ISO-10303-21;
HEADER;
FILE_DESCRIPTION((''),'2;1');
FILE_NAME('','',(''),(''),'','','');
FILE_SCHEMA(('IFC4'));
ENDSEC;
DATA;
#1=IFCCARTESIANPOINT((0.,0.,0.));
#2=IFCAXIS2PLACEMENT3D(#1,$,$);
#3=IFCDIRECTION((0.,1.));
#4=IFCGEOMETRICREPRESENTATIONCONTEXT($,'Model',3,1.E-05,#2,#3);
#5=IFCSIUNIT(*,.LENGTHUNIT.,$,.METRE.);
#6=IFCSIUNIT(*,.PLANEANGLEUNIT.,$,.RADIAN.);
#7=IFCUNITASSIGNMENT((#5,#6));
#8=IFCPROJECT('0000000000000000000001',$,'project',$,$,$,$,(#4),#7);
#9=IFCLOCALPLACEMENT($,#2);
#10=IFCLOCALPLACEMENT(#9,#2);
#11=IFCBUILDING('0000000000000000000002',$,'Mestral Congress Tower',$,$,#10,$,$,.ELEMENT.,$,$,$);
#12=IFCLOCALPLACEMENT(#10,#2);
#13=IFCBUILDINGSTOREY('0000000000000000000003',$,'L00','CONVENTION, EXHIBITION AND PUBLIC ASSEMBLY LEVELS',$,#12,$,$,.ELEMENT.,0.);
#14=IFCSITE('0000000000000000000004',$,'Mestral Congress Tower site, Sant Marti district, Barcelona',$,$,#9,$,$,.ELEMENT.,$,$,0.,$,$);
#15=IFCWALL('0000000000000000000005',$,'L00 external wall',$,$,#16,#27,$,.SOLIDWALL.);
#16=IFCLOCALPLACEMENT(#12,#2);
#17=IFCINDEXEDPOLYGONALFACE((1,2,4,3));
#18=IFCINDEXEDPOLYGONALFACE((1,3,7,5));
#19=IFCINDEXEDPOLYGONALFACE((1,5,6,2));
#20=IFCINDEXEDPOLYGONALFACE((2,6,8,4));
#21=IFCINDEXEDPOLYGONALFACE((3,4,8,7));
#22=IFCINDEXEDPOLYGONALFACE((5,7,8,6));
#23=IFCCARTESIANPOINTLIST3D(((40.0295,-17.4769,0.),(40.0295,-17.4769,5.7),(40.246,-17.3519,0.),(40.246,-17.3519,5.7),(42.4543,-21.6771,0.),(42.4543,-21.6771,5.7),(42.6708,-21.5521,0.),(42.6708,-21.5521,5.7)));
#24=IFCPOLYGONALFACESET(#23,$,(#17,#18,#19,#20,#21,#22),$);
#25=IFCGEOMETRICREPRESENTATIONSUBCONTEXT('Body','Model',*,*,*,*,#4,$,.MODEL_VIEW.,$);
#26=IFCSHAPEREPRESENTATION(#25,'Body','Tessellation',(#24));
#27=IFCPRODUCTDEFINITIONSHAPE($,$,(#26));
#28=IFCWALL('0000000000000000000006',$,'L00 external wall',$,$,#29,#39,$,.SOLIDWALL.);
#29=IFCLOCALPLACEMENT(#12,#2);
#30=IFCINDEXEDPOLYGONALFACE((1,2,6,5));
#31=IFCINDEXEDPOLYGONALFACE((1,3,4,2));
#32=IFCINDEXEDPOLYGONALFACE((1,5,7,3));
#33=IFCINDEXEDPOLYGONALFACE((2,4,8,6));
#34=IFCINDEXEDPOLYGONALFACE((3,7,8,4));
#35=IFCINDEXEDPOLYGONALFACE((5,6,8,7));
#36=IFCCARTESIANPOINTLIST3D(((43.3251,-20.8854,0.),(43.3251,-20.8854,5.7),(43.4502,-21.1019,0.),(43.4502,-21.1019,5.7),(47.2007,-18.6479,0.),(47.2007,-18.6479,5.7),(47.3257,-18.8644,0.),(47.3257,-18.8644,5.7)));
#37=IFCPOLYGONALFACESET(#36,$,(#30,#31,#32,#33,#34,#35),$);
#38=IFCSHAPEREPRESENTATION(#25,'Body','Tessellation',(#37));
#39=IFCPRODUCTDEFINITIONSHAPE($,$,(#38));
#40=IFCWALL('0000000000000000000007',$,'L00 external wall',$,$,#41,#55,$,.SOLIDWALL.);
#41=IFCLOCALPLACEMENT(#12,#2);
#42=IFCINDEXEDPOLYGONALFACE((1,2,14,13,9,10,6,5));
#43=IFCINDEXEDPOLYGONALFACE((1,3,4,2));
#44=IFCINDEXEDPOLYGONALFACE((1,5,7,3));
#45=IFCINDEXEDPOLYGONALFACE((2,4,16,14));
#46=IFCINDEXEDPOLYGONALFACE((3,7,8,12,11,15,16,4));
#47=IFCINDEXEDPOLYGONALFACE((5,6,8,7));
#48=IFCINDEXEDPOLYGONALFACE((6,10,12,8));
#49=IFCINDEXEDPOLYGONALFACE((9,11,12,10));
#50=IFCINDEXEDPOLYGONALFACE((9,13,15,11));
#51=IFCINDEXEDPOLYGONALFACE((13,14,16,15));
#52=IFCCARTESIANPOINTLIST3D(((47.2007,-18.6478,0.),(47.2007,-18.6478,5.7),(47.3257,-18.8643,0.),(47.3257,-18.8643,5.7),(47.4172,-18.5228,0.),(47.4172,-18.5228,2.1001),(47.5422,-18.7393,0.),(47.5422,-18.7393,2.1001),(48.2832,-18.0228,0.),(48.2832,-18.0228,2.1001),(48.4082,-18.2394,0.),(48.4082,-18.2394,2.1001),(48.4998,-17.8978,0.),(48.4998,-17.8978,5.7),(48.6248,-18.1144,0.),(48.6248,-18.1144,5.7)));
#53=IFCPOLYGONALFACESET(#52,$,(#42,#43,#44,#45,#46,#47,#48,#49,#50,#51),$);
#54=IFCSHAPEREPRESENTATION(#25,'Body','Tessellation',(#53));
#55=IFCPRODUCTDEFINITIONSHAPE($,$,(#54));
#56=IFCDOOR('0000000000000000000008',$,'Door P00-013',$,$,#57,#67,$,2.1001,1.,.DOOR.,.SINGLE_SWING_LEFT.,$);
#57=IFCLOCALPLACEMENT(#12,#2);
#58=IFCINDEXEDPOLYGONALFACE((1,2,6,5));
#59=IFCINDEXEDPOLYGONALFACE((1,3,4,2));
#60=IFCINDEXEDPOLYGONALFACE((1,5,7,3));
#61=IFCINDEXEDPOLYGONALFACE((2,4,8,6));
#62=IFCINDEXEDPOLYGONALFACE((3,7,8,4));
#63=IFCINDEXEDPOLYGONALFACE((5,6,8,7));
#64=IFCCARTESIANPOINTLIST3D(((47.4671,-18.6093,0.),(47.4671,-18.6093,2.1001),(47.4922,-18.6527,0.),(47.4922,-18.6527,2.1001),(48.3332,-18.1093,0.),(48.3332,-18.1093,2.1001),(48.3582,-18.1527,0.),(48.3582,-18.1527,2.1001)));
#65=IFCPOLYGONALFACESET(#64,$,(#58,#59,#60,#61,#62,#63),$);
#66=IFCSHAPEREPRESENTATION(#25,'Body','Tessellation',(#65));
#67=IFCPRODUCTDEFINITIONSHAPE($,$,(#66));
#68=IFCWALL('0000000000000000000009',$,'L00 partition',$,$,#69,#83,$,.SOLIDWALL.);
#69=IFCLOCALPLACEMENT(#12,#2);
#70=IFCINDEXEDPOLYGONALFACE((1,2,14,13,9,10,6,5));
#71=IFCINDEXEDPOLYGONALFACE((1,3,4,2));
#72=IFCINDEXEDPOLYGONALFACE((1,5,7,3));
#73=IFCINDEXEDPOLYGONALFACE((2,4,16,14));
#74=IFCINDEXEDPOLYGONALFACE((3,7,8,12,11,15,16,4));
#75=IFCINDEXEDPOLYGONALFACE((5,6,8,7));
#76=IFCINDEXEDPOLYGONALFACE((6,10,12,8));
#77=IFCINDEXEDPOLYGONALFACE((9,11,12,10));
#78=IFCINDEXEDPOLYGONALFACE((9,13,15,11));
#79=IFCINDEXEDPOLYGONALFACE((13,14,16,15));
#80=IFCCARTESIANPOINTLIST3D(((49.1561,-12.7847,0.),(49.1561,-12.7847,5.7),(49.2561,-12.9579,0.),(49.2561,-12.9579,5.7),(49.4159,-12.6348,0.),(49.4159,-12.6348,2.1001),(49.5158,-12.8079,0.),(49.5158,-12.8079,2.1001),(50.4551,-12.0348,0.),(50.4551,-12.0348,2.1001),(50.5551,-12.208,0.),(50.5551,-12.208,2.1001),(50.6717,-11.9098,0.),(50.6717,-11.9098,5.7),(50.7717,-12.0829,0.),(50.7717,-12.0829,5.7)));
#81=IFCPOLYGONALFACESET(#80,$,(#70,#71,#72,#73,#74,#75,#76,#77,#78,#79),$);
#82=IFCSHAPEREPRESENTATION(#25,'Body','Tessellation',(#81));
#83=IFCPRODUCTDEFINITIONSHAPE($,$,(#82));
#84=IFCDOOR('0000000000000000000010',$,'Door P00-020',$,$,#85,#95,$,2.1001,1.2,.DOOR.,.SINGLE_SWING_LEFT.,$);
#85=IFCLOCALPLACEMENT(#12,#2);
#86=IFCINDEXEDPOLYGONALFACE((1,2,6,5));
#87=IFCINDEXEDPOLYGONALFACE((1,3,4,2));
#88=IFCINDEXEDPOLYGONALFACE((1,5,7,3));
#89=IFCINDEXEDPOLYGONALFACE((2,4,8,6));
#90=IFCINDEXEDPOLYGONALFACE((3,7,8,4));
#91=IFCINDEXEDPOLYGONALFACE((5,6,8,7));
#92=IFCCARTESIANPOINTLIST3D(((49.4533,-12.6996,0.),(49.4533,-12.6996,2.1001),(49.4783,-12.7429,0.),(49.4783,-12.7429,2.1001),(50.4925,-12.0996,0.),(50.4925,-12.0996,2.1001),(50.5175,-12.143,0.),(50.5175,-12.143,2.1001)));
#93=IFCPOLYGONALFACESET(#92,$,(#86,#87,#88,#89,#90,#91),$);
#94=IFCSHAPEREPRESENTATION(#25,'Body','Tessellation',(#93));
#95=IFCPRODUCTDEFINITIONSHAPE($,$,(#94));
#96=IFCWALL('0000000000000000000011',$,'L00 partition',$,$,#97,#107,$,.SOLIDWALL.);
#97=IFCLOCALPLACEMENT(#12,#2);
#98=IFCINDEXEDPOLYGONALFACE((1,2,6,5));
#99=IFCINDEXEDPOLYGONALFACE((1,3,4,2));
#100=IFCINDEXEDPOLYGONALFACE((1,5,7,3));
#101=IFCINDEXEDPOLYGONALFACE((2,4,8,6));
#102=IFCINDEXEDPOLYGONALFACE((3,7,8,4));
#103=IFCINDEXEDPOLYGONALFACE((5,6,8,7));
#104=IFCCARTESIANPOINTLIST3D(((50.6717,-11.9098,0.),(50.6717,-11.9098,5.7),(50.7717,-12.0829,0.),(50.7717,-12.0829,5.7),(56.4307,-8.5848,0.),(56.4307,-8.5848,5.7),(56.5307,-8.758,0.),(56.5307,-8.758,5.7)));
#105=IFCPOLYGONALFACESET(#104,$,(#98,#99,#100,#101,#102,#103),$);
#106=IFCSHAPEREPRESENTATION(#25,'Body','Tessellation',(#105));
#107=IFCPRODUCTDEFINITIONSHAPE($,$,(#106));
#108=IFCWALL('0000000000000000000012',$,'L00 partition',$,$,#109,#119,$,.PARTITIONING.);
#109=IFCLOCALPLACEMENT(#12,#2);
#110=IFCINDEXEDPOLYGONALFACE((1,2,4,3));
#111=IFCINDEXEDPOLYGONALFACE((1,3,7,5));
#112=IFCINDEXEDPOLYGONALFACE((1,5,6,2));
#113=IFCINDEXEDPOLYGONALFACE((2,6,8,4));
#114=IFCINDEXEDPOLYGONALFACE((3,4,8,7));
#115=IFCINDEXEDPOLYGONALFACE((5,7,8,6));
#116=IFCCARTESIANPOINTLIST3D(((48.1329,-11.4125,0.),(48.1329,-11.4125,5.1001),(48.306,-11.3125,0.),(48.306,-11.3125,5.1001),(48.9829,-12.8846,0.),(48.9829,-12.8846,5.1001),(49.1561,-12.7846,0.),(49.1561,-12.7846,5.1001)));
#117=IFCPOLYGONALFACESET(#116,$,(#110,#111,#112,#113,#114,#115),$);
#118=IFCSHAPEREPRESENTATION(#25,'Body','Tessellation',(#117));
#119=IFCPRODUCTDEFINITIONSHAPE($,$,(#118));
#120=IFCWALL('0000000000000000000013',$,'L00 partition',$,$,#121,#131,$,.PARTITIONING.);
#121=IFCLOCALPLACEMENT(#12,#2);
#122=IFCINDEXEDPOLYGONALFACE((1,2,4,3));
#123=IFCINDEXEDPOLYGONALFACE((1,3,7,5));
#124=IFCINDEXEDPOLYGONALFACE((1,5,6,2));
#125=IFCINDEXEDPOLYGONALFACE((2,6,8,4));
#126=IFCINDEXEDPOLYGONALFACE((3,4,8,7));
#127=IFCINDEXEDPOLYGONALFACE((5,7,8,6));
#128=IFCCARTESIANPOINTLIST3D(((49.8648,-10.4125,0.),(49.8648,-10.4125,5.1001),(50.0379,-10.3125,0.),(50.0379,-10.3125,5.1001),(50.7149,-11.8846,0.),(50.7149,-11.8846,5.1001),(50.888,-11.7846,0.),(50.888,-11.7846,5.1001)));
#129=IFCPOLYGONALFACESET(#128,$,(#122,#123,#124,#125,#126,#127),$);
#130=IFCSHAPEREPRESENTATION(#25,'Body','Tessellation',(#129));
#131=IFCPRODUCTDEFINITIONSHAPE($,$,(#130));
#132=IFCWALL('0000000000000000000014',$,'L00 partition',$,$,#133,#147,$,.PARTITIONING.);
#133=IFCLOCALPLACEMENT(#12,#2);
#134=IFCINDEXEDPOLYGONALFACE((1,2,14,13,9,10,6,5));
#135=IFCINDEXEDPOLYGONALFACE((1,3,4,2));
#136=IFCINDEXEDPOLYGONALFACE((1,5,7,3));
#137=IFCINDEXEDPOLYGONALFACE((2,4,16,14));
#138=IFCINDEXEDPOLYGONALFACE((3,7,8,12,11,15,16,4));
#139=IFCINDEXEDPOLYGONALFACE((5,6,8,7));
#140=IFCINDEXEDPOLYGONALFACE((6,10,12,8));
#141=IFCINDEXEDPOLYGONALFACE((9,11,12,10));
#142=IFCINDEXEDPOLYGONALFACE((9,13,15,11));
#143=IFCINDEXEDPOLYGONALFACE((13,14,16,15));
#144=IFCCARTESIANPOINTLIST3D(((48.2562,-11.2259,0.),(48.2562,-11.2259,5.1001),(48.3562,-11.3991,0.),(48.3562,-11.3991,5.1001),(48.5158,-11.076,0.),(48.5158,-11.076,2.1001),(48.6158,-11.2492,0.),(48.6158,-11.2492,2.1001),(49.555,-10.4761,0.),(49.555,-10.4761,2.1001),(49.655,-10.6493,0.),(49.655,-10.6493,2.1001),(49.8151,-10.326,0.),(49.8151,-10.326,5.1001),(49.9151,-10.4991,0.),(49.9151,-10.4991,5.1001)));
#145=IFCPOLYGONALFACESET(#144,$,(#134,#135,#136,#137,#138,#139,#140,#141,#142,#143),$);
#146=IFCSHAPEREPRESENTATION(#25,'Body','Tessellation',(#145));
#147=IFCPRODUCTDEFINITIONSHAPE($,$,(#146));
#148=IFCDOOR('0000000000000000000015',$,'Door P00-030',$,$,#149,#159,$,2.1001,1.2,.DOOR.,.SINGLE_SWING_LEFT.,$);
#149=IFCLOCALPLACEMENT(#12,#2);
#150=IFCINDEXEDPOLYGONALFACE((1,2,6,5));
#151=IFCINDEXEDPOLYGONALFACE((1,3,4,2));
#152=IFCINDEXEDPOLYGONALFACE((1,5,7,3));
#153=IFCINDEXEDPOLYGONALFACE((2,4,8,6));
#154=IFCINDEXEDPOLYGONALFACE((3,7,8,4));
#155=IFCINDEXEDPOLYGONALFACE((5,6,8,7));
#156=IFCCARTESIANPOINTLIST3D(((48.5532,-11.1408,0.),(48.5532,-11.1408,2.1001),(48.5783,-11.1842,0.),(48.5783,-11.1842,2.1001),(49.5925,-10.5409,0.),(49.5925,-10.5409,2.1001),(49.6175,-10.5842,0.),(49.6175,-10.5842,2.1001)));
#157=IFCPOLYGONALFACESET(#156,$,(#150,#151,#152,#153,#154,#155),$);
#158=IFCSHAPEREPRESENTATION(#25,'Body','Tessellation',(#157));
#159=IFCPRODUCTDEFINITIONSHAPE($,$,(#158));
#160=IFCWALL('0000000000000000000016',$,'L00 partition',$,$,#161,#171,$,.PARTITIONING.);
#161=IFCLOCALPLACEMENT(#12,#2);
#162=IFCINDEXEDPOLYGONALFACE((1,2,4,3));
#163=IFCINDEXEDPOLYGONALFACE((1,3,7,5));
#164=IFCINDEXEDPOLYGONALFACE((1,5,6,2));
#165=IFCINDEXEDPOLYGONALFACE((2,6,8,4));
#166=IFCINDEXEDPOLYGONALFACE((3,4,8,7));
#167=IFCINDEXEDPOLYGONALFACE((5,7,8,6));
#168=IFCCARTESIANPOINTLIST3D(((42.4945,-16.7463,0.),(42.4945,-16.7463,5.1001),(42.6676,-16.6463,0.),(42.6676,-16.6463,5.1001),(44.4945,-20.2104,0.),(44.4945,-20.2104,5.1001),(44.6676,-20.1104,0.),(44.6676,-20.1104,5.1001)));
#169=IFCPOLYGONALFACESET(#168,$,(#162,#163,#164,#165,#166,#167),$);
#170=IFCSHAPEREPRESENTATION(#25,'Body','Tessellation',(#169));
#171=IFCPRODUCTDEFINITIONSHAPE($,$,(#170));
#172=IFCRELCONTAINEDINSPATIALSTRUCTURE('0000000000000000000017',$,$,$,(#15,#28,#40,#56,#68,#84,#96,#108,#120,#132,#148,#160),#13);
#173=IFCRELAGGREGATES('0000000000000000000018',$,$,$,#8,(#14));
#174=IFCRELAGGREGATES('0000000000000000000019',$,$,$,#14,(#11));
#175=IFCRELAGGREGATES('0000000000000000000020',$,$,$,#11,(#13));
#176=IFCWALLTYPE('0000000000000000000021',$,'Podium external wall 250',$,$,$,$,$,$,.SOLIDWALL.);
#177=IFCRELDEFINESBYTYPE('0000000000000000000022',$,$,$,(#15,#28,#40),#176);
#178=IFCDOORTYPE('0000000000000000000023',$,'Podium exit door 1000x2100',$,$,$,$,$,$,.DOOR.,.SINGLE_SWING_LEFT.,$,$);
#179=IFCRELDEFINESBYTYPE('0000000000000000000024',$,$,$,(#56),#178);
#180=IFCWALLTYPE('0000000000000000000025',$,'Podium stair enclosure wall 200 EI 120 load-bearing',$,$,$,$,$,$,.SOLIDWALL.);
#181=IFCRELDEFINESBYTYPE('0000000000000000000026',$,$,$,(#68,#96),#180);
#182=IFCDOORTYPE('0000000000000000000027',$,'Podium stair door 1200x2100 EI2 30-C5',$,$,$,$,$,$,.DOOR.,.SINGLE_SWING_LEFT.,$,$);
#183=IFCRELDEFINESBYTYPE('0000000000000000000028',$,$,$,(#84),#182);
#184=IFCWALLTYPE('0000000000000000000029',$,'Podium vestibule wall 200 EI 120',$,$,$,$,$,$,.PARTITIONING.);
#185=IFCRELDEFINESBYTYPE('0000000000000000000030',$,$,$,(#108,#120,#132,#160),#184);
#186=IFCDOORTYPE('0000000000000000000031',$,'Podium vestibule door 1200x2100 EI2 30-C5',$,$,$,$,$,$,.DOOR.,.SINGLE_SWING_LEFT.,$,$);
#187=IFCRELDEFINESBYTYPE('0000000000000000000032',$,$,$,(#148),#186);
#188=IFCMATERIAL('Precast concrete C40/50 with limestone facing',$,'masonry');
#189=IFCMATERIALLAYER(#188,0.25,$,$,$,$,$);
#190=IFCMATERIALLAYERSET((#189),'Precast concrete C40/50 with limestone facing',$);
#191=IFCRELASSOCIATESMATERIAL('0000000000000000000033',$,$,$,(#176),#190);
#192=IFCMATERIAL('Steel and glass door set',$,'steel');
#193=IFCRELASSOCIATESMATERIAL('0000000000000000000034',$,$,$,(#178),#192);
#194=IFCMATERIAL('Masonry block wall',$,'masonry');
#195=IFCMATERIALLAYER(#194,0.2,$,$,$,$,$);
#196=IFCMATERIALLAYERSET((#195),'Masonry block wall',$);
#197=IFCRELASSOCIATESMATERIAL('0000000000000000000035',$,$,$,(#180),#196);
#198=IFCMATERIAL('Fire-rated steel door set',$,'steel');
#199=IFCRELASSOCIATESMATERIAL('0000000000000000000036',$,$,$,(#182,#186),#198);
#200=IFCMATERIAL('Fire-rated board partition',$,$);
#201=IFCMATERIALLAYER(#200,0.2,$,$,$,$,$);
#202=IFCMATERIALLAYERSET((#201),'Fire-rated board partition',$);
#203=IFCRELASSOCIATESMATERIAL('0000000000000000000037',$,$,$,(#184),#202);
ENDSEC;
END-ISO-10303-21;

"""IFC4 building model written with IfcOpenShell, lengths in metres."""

from ifc_helpers import new_model, si_unit, direction, frame, frame_2d, origin, place, context, subcontext, project, spatial, rectangle, extrude, material, layer, layer_set, type_object, element, fill, save


model = new_model("IFC4")

# Units and contexts
model_context = context("Model", 3, precision=1e-05, world=origin(), true_north=direction((0.0, 1.0)))
body_context = subcontext(model_context, "Body", "Model", "MODEL_VIEW")
ifc_project = project(units=[si_unit("LENGTHUNIT", "METRE"), si_unit("PLANEANGLEUNIT", "RADIAN")], contexts=[model_context])

# Site, building, storey
site_placement = place(None, origin())
site = spatial("IfcSite", under=ifc_project, at=site_placement, Name="Mestral Congress Tower site, Sant Marti district, Barcelona", CompositionType="ELEMENT", RefElevation=0.0)
building_placement = place(site_placement, origin())
building = spatial("IfcBuilding", under=site, at=building_placement, Name="Mestral Congress Tower", CompositionType="ELEMENT")
storey_placement = place(building_placement, origin())
storey = spatial("IfcBuildingStorey", under=building, at=storey_placement, Name="L00", Description="CONVENTION, EXHIBITION AND PUBLIC ASSEMBLY LEVELS", CompositionType="ELEMENT", Elevation=0.0)

# Walls
ifc_material_1 = material(Name="Precast concrete C40/50 with limestone facing", Category="masonry")
ifc_layer_1 = layer(ifc_material_1, 0.25)
ifc_layer_set_1 = layer_set([ifc_layer_1], Name="Precast concrete C40/50 with limestone facing")
wall_type_1 = type_object("IfcWallType", Name="Podium external wall 250", PredefinedType="SOLIDWALL", material=ifc_layer_set_1)
wall_1_placement = place(storey_placement, frame((42.5625, -21.6145, 0.0), z_axis=(0.0, 0.0, 1.0), x_axis=(-0.499972, 0.866041, 0.0)))
element("IfcWall", 1, at=wall_1_placement, inside=storey, type_object=wall_type_1, Name="L00 external wall", PredefinedType="SOLIDWALL", context=body_context, shape_type="SweptSolid", body=[
    extrude(rectangle(XDim=4.8499, YDim=0.25, at=frame_2d((2.4248, 0.0))), origin(), (0.0, 0.0, 1.0), 5.7),
])
wall_2_placement = place(storey_placement, frame((47.2632, -18.7561, 0.0), z_axis=(0.0, 0.0, 1.0), x_axis=(-0.866022, -0.500006, 0.0)))
element("IfcWall", 2, at=wall_2_placement, inside=storey, type_object=wall_type_1, Name="L00 external wall", PredefinedType="SOLIDWALL", context=body_context, shape_type="SweptSolid", body=[
    extrude(rectangle(XDim=4.4751, YDim=0.25, at=frame_2d((2.2375, 0.0))), origin(), (0.0, 0.0, 1.0), 5.7),
])

# Walls, openings, doors
wall_3_placement = place(storey_placement, frame((48.5623, -18.0061, 0.0), z_axis=(0.0, 0.0, 1.0), x_axis=(-0.866031, -0.49999, 0.0)))
wall_3 = element("IfcWall", 3, at=wall_3_placement, inside=storey, type_object=wall_type_1, Name="L00 external wall", PredefinedType="SOLIDWALL", context=body_context, shape_type="SweptSolid", body=[
    extrude(rectangle(XDim=1.5, YDim=0.25, at=frame_2d((0.75, 0.0))), origin(), (0.0, 0.0, 1.0), 5.7),
])
opening_1_placement = place(wall_3_placement, frame((0.25, 0.0, 0.0)))
opening_1 = element("IfcOpeningElement", 4, at=opening_1_placement, cuts=wall_3, PredefinedType="OPENING", context=body_context, shape_type="SweptSolid", body=[
    extrude(rectangle(XDim=1.0, YDim=2.1001, at=frame_2d((0.5, 1.05))), frame((0.0, 0.135, 0.0), z_axis=(0.0, -1.0, 0.0), x_axis=(1.0, 0.0, 0.0)), (0.0, 0.0, 1.0), 0.27),
])
ifc_material_2 = material(Name="Steel and glass door set", Category="steel")
door_type_1 = type_object("IfcDoorType", Name="Podium exit door 1000x2100", OperationType="SINGLE_SWING_LEFT", PredefinedType="DOOR", material=ifc_material_2)
door_1_placement = place(opening_1_placement, origin())
door_1 = element("IfcDoor", 5, at=door_1_placement, inside=storey, type_object=door_type_1, Name="Door P00-013", OperationType="SINGLE_SWING_LEFT", OverallHeight=2.1001, OverallWidth=1.0, PredefinedType="DOOR", context=body_context, shape_type="SweptSolid", body=[
    extrude(rectangle(XDim=1.0, YDim=2.1001, at=frame_2d((0.5, 1.05))), frame((0.0, 0.0249, 0.0), z_axis=(0.0, -1.0, 0.0), x_axis=(1.0, 0.0, 0.0)), (0.0, 0.0, 1.0), 0.05),
])
fill(opening_1, door_1)
ifc_material_3 = material(Name="Masonry block wall", Category="masonry")
ifc_layer_2 = layer(ifc_material_3, 0.2)
ifc_layer_set_2 = layer_set([ifc_layer_2], Name="Masonry block wall")
wall_type_2 = type_object("IfcWallType", Name="Podium stair enclosure wall 200 EI 120 load-bearing", PredefinedType="SOLIDWALL", material=ifc_layer_set_2)
wall_4_placement = place(storey_placement, frame((50.7217, -11.9963, 0.0), z_axis=(0.0, 0.0, 1.0), x_axis=(-0.866037, -0.49998, 0.0)))
wall_4 = element("IfcWall", 6, at=wall_4_placement, inside=storey, type_object=wall_type_2, Name="L00 partition", PredefinedType="SOLIDWALL", context=body_context, shape_type="SweptSolid", body=[
    extrude(rectangle(XDim=1.75, YDim=0.2, at=frame_2d((0.875, 0.0))), origin(), (0.0, 0.0, 1.0), 5.7),
])
opening_2_placement = place(wall_4_placement, frame((0.25, 0.0, 0.0)))
opening_2 = element("IfcOpeningElement", 7, at=opening_2_placement, cuts=wall_4, PredefinedType="OPENING", context=body_context, shape_type="SweptSolid", body=[
    extrude(rectangle(XDim=1.2, YDim=2.1001, at=frame_2d((0.6001, 1.05))), frame((0.0, 0.1099, 0.0), z_axis=(0.0, -1.0, 0.0), x_axis=(1.0, 0.0, 0.0)), (0.0, 0.0, 1.0), 0.22),
])
ifc_material_4 = material(Name="Fire-rated steel door set", Category="steel")
door_type_2 = type_object("IfcDoorType", Name="Podium stair door 1200x2100 EI2 30-C5", OperationType="SINGLE_SWING_LEFT", PredefinedType="DOOR", material=ifc_material_4)
door_2_placement = place(opening_2_placement, origin())
door_2 = element("IfcDoor", 8, at=door_2_placement, inside=storey, type_object=door_type_2, Name="Door P00-020", OperationType="SINGLE_SWING_LEFT", OverallHeight=2.1001, OverallWidth=1.2, PredefinedType="DOOR", context=body_context, shape_type="SweptSolid", body=[
    extrude(rectangle(XDim=1.2, YDim=2.1001, at=frame_2d((0.6001, 1.05))), frame((0.0, 0.0249, 0.0), z_axis=(0.0, -1.0, 0.0), x_axis=(1.0, 0.0, 0.0)), (0.0, 0.0, 1.0), 0.05),
])
fill(opening_2, door_2)

# Walls
wall_5_placement = place(storey_placement, frame((50.7217, -11.9963, 0.0), z_axis=(0.0, 0.0, 1.0), x_axis=(0.866027, 0.499997, 0.0)))
element("IfcWall", 9, at=wall_5_placement, inside=storey, type_object=wall_type_2, Name="L00 partition", PredefinedType="SOLIDWALL", context=body_context, shape_type="SweptSolid", body=[
    extrude(rectangle(XDim=6.6499, YDim=0.2, at=frame_2d((3.325, 0.0))), origin(), (0.0, 0.0, 1.0), 5.7),
])
ifc_material_5 = material(Name="Fire-rated board partition")
ifc_layer_3 = layer(ifc_material_5, 0.2)
ifc_layer_set_3 = layer_set([ifc_layer_3], Name="Fire-rated board partition")
wall_type_3 = type_object("IfcWallType", Name="Podium vestibule wall 200 EI 120", PredefinedType="PARTITIONING", material=ifc_layer_set_3)
for number, where, z_axis, x_axis, name in (
    (10, (49.0696, -12.8347, 0.0), (0.0, 0.0, 1.0), (-0.500062, 0.865989, 0.0), "L00 partition"),
    (11, (50.8015, -11.8347, 0.0), (0.0, 0.0, 1.0), (-0.500062, 0.865989, 0.0), "L00 partition"),
):
    element("IfcWall", number, at=place(storey_placement, frame(where, z_axis=z_axis, x_axis=x_axis)), inside=storey, type_object=wall_type_3, Name=name, PredefinedType="PARTITIONING", context=body_context, shape_type="SweptSolid", body=[
        extrude(rectangle(XDim=1.7, YDim=0.2, at=frame_2d((0.8501, 0.0))), origin(), (0.0, 0.0, 1.0), 5.1001),
    ])

# Wall, opening, door
wall_6_placement = place(storey_placement, frame((49.865, -10.4126, 0.0), z_axis=(0.0, 0.0, 1.0), x_axis=(-0.866048, -0.499961, 0.0)))
wall_6 = element("IfcWall", 12, at=wall_6_placement, inside=storey, type_object=wall_type_3, Name="L00 partition", PredefinedType="PARTITIONING", context=body_context, shape_type="SweptSolid", body=[
    extrude(rectangle(XDim=1.8, YDim=0.2, at=frame_2d((0.8999, 0.0))), origin(), (0.0, 0.0, 1.0), 5.1001),
])
opening_3_placement = place(wall_6_placement, frame((0.3, 0.0, 0.0)))
opening_3 = element("IfcOpeningElement", 13, at=opening_3_placement, cuts=wall_6, PredefinedType="OPENING", context=body_context, shape_type="SweptSolid", body=[
    extrude(rectangle(XDim=1.2, YDim=2.1001, at=frame_2d((0.6001, 1.05))), frame((0.0, 0.1099, 0.0), z_axis=(0.0, -1.0, 0.0), x_axis=(1.0, 0.0, 0.0)), (0.0, 0.0, 1.0), 0.22),
])
door_type_3 = type_object("IfcDoorType", Name="Podium vestibule door 1200x2100 EI2 30-C5", OperationType="SINGLE_SWING_LEFT", PredefinedType="DOOR", material=ifc_material_4)
door_3_placement = place(opening_3_placement, origin())
door_3 = element("IfcDoor", 14, at=door_3_placement, inside=storey, type_object=door_type_3, Name="Door P00-030", OperationType="SINGLE_SWING_LEFT", OverallHeight=2.1001, OverallWidth=1.2, PredefinedType="DOOR", context=body_context, shape_type="SweptSolid", body=[
    extrude(rectangle(XDim=1.2, YDim=2.1001, at=frame_2d((0.6001, 1.05))), frame((0.0, 0.0249, 0.0), z_axis=(0.0, -1.0, 0.0), x_axis=(1.0, 0.0, 0.0)), (0.0, 0.0, 1.0), 0.05),
])
fill(opening_3, door_3)

# Wall
wall_7_placement = place(storey_placement, frame((44.5811, -20.1604, 0.0), z_axis=(0.0, 0.0, 1.0), x_axis=(-0.499999, 0.866026, 0.0)))
element("IfcWall", 15, at=wall_7_placement, inside=storey, type_object=wall_type_3, Name="L00 partition", PredefinedType="PARTITIONING", context=body_context, shape_type="SweptSolid", body=[
    extrude(rectangle(XDim=4.0, YDim=0.2, at=frame_2d((2.0, 0.0))), origin(), (0.0, 0.0, 1.0), 5.1001),
])

save(model, "model.ifc")
